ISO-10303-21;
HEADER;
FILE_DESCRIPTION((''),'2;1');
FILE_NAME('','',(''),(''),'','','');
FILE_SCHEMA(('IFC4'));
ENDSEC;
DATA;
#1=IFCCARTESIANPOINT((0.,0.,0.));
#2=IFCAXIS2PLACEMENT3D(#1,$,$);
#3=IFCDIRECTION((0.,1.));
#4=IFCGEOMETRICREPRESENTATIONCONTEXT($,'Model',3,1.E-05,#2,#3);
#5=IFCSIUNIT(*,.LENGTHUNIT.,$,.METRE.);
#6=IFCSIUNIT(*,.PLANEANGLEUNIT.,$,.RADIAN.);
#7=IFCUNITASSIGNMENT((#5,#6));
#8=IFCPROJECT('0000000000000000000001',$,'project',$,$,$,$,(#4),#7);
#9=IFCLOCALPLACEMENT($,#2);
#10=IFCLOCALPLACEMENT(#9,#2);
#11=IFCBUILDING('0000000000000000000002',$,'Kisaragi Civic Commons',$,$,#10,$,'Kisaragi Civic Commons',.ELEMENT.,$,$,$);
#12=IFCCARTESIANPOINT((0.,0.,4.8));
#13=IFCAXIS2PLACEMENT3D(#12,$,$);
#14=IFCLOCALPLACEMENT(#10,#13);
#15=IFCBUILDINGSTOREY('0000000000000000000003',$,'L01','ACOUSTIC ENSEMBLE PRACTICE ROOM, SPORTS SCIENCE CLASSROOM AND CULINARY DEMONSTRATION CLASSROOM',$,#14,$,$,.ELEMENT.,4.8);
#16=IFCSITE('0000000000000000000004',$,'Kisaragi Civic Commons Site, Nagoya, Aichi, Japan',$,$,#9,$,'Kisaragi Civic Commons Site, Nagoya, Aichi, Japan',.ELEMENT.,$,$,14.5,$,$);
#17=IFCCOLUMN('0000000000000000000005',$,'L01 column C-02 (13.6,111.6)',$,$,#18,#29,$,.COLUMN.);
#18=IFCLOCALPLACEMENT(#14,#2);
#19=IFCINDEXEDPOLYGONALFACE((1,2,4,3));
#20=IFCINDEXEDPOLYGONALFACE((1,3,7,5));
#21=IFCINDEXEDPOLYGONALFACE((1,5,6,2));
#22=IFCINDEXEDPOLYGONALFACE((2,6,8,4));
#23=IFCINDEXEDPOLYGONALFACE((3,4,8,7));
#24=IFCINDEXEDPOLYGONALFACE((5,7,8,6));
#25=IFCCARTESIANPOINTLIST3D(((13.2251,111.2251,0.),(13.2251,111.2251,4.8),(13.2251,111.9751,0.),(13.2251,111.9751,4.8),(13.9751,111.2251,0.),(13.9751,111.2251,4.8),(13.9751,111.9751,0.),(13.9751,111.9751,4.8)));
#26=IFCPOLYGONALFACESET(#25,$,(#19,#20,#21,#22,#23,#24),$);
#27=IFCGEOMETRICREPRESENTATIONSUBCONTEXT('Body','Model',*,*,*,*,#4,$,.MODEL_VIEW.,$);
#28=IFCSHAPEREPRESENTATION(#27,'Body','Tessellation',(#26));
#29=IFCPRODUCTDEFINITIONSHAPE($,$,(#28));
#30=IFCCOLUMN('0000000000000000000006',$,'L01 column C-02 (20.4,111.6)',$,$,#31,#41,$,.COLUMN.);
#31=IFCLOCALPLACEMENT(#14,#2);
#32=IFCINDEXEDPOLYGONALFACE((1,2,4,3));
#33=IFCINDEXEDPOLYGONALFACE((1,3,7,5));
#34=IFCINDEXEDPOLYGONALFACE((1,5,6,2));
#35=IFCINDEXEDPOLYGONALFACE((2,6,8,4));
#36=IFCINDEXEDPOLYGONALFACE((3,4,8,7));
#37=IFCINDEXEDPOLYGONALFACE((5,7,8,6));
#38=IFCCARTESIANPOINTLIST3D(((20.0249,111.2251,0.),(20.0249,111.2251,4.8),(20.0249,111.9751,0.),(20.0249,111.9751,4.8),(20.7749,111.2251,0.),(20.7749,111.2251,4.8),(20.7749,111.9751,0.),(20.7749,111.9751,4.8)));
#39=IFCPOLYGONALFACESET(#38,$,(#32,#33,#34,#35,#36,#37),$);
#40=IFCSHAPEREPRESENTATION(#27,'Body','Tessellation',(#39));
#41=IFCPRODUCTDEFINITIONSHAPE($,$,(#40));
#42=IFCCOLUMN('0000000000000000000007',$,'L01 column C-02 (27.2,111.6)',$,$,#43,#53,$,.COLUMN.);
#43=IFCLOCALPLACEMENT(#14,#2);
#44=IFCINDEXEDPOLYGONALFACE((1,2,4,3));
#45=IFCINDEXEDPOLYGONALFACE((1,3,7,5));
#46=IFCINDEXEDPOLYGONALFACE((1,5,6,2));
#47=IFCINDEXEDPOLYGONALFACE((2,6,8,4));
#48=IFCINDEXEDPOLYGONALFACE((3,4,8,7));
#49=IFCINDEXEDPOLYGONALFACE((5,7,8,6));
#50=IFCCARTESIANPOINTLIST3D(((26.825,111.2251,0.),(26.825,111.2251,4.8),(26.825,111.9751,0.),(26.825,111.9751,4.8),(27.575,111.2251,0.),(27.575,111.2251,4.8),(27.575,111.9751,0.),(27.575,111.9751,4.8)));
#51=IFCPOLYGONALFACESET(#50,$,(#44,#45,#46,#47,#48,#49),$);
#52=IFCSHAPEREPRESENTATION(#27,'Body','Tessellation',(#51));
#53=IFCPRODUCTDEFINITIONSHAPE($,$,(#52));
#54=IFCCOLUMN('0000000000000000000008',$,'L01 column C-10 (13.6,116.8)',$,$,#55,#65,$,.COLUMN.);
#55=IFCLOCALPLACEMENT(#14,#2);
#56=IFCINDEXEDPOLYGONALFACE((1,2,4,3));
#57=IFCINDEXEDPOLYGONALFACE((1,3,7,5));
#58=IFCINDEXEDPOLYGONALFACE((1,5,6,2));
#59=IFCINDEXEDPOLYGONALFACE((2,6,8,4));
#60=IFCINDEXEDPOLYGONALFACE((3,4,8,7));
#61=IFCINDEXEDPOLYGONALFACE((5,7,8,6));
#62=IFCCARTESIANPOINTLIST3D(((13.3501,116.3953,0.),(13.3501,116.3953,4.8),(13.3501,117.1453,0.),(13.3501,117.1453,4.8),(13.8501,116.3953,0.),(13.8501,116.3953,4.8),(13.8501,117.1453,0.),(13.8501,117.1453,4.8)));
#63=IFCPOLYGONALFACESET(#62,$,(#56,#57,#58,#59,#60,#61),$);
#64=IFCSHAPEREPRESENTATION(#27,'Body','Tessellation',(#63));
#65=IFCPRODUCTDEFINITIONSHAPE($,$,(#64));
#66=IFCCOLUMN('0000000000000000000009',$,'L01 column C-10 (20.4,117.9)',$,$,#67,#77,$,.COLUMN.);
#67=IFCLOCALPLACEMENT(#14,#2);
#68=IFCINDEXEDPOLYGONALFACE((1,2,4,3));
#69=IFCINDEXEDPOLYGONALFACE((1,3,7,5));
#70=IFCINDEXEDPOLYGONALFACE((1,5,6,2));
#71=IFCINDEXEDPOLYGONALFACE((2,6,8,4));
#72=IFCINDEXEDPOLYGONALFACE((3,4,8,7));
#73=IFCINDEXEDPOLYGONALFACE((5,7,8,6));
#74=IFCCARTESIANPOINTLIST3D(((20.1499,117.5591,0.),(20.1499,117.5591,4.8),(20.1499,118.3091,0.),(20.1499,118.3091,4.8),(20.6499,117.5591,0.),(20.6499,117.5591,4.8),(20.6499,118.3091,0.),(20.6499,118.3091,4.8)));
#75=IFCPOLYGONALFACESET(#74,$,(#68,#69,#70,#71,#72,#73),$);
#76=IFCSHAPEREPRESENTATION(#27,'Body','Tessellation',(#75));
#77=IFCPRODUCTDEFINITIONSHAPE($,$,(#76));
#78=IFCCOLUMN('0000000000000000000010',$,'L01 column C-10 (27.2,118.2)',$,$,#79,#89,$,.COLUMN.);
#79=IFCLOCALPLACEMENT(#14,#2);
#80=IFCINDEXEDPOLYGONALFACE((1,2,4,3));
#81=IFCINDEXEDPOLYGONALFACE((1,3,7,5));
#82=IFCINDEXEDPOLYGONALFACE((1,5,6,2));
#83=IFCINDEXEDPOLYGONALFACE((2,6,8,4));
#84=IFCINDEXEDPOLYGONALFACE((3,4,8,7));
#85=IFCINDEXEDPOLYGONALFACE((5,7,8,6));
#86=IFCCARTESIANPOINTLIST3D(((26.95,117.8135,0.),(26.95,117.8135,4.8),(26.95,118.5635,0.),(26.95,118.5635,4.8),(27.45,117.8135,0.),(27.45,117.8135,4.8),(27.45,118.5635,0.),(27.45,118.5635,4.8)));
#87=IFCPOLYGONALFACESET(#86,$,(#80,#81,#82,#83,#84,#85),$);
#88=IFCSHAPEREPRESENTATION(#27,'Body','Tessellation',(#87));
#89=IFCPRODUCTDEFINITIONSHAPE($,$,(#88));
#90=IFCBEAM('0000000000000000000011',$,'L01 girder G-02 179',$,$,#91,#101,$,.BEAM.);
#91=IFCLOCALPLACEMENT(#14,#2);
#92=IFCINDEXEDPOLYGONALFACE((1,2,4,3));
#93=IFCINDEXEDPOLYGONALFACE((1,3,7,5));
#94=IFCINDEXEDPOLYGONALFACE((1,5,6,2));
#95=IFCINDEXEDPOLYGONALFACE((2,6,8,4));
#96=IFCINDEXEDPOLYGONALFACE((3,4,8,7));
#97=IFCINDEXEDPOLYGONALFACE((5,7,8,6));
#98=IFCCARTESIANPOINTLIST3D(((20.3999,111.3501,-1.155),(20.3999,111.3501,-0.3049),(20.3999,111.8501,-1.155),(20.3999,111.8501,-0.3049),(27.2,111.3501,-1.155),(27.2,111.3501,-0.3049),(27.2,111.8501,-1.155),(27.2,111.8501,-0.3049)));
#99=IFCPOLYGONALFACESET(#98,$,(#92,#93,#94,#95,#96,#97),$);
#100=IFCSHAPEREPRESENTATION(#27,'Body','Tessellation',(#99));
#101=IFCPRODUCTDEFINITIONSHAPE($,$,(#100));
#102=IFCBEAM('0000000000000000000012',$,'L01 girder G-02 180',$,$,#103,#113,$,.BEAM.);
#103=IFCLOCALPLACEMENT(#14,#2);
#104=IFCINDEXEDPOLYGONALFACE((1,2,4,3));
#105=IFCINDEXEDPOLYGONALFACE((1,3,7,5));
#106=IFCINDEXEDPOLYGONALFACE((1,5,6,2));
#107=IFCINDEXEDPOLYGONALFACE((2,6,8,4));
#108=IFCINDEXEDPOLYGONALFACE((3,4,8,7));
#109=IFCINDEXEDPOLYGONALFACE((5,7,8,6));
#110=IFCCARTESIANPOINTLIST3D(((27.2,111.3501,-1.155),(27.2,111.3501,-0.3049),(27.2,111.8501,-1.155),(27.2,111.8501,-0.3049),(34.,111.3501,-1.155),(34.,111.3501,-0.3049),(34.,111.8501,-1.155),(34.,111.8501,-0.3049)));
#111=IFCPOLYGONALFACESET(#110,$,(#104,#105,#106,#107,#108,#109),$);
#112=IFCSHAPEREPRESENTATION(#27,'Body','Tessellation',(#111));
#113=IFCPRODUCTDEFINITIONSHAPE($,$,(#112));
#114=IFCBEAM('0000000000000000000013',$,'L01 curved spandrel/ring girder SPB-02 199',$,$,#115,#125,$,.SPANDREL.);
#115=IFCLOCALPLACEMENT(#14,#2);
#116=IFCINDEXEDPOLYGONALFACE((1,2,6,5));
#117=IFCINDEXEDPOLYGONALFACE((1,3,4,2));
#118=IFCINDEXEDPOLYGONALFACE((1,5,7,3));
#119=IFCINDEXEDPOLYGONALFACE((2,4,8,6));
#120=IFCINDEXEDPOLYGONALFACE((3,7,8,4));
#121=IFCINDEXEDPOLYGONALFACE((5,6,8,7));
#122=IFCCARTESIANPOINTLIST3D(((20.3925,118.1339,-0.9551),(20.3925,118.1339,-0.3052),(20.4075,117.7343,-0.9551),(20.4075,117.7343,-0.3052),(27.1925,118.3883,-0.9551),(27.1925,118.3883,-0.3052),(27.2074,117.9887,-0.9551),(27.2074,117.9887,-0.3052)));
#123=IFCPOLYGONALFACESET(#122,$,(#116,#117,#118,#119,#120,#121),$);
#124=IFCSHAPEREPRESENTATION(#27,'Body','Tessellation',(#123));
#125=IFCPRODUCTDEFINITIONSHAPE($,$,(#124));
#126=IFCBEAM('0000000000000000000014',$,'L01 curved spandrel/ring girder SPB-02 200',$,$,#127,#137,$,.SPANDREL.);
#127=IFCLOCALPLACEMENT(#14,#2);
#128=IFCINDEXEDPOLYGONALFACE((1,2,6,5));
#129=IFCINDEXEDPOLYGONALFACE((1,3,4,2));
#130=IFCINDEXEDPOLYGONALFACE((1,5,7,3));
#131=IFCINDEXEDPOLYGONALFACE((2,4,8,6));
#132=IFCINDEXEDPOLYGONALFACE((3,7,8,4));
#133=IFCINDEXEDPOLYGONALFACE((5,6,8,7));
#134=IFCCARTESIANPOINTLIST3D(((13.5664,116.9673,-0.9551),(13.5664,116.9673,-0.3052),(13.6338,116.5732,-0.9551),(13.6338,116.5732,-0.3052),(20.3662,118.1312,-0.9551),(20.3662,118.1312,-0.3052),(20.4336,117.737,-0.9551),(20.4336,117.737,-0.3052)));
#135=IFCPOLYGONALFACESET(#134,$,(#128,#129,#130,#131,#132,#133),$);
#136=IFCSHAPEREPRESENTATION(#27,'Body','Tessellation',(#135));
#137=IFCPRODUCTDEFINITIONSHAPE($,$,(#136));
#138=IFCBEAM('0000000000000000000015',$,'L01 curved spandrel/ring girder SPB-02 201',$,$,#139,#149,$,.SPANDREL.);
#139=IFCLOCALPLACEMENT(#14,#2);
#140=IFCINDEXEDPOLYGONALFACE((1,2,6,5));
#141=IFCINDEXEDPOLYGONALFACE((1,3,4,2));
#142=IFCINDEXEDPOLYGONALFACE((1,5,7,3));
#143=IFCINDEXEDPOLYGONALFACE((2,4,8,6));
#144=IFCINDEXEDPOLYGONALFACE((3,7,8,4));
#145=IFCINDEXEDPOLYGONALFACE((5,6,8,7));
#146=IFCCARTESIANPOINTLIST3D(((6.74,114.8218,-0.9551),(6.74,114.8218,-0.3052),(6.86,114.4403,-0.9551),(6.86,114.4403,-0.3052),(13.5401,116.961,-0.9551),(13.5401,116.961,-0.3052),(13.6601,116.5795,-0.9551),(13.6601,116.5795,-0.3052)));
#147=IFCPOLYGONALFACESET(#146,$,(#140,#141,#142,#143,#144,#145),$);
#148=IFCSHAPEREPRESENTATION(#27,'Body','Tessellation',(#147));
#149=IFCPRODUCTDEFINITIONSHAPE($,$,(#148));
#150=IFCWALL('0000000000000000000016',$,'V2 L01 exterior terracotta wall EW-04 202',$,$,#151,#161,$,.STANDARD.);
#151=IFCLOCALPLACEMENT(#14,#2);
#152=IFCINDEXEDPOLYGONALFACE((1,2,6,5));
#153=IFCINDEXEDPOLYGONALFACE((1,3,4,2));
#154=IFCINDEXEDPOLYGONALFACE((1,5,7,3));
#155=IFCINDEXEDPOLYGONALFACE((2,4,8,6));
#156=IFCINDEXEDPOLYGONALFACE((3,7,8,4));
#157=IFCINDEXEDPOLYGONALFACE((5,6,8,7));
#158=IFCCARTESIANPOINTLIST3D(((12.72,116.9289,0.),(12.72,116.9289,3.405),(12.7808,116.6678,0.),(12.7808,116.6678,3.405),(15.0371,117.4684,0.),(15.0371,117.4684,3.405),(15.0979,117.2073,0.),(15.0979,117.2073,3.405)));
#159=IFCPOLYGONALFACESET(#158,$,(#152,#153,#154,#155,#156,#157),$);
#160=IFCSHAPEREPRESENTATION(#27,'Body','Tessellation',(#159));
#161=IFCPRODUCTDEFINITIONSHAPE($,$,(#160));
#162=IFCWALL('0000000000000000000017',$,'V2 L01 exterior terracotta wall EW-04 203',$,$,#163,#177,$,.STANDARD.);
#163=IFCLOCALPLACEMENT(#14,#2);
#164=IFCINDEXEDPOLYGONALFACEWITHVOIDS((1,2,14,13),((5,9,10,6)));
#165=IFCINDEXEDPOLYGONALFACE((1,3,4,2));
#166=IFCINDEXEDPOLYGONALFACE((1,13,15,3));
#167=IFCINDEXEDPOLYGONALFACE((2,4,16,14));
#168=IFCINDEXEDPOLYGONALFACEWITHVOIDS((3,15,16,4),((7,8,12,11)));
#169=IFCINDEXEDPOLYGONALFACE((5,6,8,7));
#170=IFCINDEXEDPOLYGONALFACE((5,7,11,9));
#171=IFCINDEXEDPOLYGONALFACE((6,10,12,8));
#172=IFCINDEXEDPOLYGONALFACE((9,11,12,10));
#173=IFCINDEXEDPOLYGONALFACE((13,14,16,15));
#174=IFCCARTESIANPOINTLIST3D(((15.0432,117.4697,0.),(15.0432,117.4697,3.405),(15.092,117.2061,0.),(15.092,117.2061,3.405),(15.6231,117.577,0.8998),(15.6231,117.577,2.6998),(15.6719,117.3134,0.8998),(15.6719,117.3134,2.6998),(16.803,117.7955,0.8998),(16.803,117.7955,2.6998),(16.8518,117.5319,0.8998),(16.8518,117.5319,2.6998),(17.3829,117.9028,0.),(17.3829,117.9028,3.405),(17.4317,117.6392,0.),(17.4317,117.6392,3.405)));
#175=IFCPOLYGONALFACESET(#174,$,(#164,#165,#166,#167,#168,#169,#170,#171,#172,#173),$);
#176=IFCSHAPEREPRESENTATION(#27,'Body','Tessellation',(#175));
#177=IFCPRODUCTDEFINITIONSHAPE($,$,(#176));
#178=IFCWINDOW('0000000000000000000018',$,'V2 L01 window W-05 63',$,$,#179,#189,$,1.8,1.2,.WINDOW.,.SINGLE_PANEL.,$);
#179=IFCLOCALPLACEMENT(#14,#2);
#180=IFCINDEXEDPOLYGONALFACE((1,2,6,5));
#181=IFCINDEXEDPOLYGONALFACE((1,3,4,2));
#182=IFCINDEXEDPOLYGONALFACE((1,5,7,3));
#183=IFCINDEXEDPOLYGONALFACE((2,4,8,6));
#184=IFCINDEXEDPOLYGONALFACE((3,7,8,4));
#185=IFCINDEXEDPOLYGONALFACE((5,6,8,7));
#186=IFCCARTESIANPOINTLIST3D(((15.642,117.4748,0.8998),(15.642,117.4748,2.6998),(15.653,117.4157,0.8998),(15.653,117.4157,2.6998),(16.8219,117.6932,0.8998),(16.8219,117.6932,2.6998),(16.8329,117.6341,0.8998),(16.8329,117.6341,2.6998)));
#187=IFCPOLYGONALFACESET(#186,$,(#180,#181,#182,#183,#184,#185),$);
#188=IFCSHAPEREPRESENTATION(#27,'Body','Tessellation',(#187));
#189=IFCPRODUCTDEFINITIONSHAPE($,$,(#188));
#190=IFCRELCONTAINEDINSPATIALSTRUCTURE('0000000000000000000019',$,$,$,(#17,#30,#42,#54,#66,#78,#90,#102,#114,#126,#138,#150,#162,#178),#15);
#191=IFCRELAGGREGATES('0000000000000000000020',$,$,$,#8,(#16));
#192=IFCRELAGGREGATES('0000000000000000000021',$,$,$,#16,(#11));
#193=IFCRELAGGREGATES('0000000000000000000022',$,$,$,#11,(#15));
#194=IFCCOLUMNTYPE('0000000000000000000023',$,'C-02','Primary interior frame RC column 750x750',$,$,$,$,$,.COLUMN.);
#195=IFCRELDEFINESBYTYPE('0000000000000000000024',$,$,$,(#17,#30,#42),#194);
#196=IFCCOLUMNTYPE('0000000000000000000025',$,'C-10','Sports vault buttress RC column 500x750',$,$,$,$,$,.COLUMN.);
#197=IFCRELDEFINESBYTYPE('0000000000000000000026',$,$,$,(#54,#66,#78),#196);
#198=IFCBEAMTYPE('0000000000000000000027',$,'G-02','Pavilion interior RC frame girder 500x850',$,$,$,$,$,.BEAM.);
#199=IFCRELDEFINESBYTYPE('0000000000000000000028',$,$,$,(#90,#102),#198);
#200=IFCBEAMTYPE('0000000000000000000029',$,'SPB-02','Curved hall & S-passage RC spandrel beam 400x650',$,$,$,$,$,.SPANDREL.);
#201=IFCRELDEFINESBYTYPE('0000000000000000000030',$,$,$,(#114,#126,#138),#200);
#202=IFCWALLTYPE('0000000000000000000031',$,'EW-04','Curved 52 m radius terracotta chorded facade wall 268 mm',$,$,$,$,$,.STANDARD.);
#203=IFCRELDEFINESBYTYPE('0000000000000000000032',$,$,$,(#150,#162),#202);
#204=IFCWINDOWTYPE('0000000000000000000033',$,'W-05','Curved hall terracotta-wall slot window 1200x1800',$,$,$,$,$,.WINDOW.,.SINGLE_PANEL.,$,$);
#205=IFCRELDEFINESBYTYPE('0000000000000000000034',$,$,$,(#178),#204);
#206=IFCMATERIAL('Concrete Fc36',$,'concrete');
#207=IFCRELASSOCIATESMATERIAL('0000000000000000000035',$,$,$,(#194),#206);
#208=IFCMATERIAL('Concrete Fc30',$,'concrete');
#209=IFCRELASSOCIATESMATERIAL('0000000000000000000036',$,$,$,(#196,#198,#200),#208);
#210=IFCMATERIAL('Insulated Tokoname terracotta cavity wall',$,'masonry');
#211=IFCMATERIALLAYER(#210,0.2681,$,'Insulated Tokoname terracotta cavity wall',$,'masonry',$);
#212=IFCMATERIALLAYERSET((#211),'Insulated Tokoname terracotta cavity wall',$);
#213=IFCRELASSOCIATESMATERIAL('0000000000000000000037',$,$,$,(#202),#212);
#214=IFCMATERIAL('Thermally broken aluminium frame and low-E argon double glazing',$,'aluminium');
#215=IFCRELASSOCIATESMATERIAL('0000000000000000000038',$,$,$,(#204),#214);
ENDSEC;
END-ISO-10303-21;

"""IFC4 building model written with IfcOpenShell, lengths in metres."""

from ifc_helpers import new_model, si_unit, direction, frame, frame_2d, origin, origin_2d, place, context, subcontext, project, spatial, rectangle, extrude, material, layer, layer_set, material_profile, profile_set, type_object, element, fill, save


model = new_model("IFC4")

# Units and contexts
model_context = context("Model", 3, precision=1e-05, world=origin(), true_north=direction((0.0, 1.0)))
body_context = subcontext(model_context, "Body", "Model", "MODEL_VIEW")
ifc_project = project(units=[si_unit("LENGTHUNIT", "METRE"), si_unit("PLANEANGLEUNIT", "RADIAN")], contexts=[model_context])

# Site, building, storey
site_placement = place(None, origin())
site = spatial("IfcSite", under=ifc_project, at=site_placement, Name="Kisaragi Civic Commons Site, Nagoya, Aichi, Japan", LongName="Kisaragi Civic Commons Site, Nagoya, Aichi, Japan", CompositionType="ELEMENT", RefElevation=14.5)
building_placement = place(site_placement, origin())
building = spatial("IfcBuilding", under=site, at=building_placement, Name="Kisaragi Civic Commons", LongName="Kisaragi Civic Commons", CompositionType="ELEMENT")
storey_placement = place(building_placement, frame((0.0, 0.0, 4.8)))
storey = spatial("IfcBuildingStorey", under=building, at=storey_placement, Name="L01", Description="ACOUSTIC ENSEMBLE PRACTICE ROOM, SPORTS SCIENCE CLASSROOM AND CULINARY DEMONSTRATION CLASSROOM", CompositionType="ELEMENT", Elevation=4.8)

# Columns
ifc_material_1 = material(Name="Concrete Fc36", Category="concrete")
ifc_material_profile_1 = material_profile(ifc_material_1, rectangle(XDim=0.75, YDim=0.75, at=origin_2d()), Name="RC-750x750", Category="concrete")
ifc_profile_set_1 = profile_set([ifc_material_profile_1], Name="Concrete Fc36")
column_type_1 = type_object("IfcColumnType", Name="C-02", Description="Primary interior frame RC column 750x750", PredefinedType="COLUMN", material=ifc_profile_set_1)
for number, where, z_axis, x_axis, name in (
    (1, (13.6001, 111.6001, 0.0), (0.0, 0.0, 1.0), (1.0, 0.0, 0.0), "L01 column C-02 (13.6,111.6)"),
    (2, (20.3999, 111.6001, 0.0), (0.0, 0.0, 1.0), (1.0, 0.0, 0.0), "L01 column C-02 (20.4,111.6)"),
    (3, (27.2, 111.6001, 0.0), (0.0, 0.0, 1.0), (1.0, 0.0, 0.0), "L01 column C-02 (27.2,111.6)"),
):
    element("IfcColumn", number, at=place(storey_placement, frame(where, z_axis=z_axis, x_axis=x_axis)), inside=storey, type_object=column_type_1, Name=name, PredefinedType="COLUMN", context=body_context, shape_type="SweptSolid", body=[
        extrude(rectangle(XDim=0.75, YDim=0.75, at=origin_2d()), origin(), (0.0, 0.0, 1.0), 4.8),
    ])
ifc_material_2 = material(Name="Concrete Fc30", Category="concrete")
ifc_material_profile_2 = material_profile(ifc_material_2, rectangle(XDim=0.5, YDim=0.75, at=origin_2d()), Name="RC-500x750", Category="concrete")
ifc_profile_set_2 = profile_set([ifc_material_profile_2], Name="Concrete Fc30")
column_type_2 = type_object("IfcColumnType", Name="C-10", Description="Sports vault buttress RC column 500x750", PredefinedType="COLUMN", material=ifc_profile_set_2)
for number, where, z_axis, x_axis, name in (
    (4, (13.6001, 116.7703, 0.0), (0.0, 0.0, 1.0), (1.0, 0.0, 0.0), "L01 column C-10 (13.6,116.8)"),
    (5, (20.3999, 117.9341, 0.0), (0.0, 0.0, 1.0), (1.0, 0.0, 0.0), "L01 column C-10 (20.4,117.9)"),
    (6, (27.2, 118.1885, 0.0), (0.0, 0.0, 1.0), (1.0, 0.0, 0.0), "L01 column C-10 (27.2,118.2)"),
):
    element("IfcColumn", number, at=place(storey_placement, frame(where, z_axis=z_axis, x_axis=x_axis)), inside=storey, type_object=column_type_2, Name=name, PredefinedType="COLUMN", context=body_context, shape_type="SweptSolid", body=[
        extrude(rectangle(XDim=0.5, YDim=0.75, at=origin_2d()), origin(), (0.0, 0.0, 1.0), 4.8),
    ])

# Beams
ifc_material_profile_3 = material_profile(ifc_material_2, rectangle(XDim=0.5, YDim=0.8501, at=origin_2d()), Name="RC-500x850", Category="concrete")
ifc_profile_set_3 = profile_set([ifc_material_profile_3], Name="Concrete Fc30")
beam_type_1 = type_object("IfcBeamType", Name="G-02", Description="Pavilion interior RC frame girder 500x850", PredefinedType="BEAM", material=ifc_profile_set_3)
for number, where, z_axis, x_axis, name in (
    (7, (20.3999, 111.6001, -0.73), (1.0, 0.0, 0.0), (0.0, 1.0, 0.0), "L01 girder G-02 179"),
    (8, (27.2, 111.6001, -0.73), (1.0, 0.0, 0.0), (0.0, 1.0, 0.0), "L01 girder G-02 180"),
):
    element("IfcBeam", number, at=place(storey_placement, frame(where, z_axis=z_axis, x_axis=x_axis)), inside=storey, type_object=beam_type_1, Name=name, PredefinedType="BEAM", context=body_context, shape_type="SweptSolid", body=[
        extrude(rectangle(XDim=0.5, YDim=0.8501, at=origin_2d()), origin(), (0.0, 0.0, 1.0), 6.8),
    ])
ifc_material_profile_4 = material_profile(ifc_material_2, rectangle(XDim=0.3999, YDim=0.6499, at=origin_2d()), Name="RC-400x650", Category="concrete")
ifc_profile_set_4 = profile_set([ifc_material_profile_4], Name="Concrete Fc30")
beam_type_2 = type_object("IfcBeamType", Name="SPB-02", Description="Curved hall & S-passage RC spandrel beam 400x650", PredefinedType="SPANDREL", material=ifc_profile_set_4)
beam_1_placement = place(storey_placement, frame((27.2, 118.1885, -0.6301), z_axis=(-0.999301, -0.037385, 0.0), x_axis=(0.037385, -0.999301, 0.0)))
element("IfcBeam", 9, at=beam_1_placement, inside=storey, type_object=beam_type_2, Name="L01 curved spandrel/ring girder SPB-02 199", PredefinedType="SPANDREL", context=body_context, shape_type="SweptSolid", body=[
    extrude(rectangle(XDim=0.3999, YDim=0.6499, at=origin_2d()), origin(), (0.0, 0.0, 1.0), 6.8047),
])
beam_2_placement = place(storey_placement, frame((20.3999, 117.9341, -0.6301), z_axis=(-0.985667, -0.168702, 0.0), x_axis=(0.168702, -0.985667, 0.0)))
element("IfcBeam", 10, at=beam_2_placement, inside=storey, type_object=beam_type_2, Name="L01 curved spandrel/ring girder SPB-02 200", PredefinedType="SPANDREL", context=body_context, shape_type="SweptSolid", body=[
    extrude(rectangle(XDim=0.3999, YDim=0.6499, at=origin_2d()), origin(), (0.0, 0.0, 1.0), 6.8987),
])
beam_3_placement = place(storey_placement, frame((13.6001, 116.7703, -0.6301), z_axis=(-0.953913, -0.300082, 0.0), x_axis=(0.300082, -0.953913, 0.0)))
element("IfcBeam", 11, at=beam_3_placement, inside=storey, type_object=beam_type_2, Name="L01 curved spandrel/ring girder SPB-02 201", PredefinedType="SPANDREL", context=body_context, shape_type="SweptSolid", body=[
    extrude(rectangle(XDim=0.3999, YDim=0.6499, at=origin_2d()), origin(), (0.0, 0.0, 1.0), 7.1287),
])

# Wall
ifc_material_3 = material(Name="Insulated Tokoname terracotta cavity wall", Category="masonry")
ifc_layer_1 = layer(ifc_material_3, 0.2681, Name="Insulated Tokoname terracotta cavity wall", Category="masonry")
ifc_layer_set_1 = layer_set([ifc_layer_1], Name="Insulated Tokoname terracotta cavity wall")
wall_type_1 = type_object("IfcWallType", Name="EW-04", Description="Curved 52 m radius terracotta chorded facade wall 268 mm", PredefinedType="STANDARD", material=ifc_layer_set_1)
wall_1_placement = place(storey_placement, frame((12.7505, 116.7983, 0.0), z_axis=(0.0, 0.0, 1.0), x_axis=(0.973945, 0.226785, 0.0)))
element("IfcWall", 12, at=wall_1_placement, inside=storey, type_object=wall_type_1, Name="V2 L01 exterior terracotta wall EW-04 202", PredefinedType="STANDARD", context=body_context, shape_type="SweptSolid", body=[
    extrude(rectangle(XDim=2.3792, YDim=0.2681, at=frame_2d((1.1895, 0.0))), origin(), (0.0, 0.0, 1.0), 3.405),
])

# Wall, opening, window
wall_2_placement = place(storey_placement, frame((15.0676, 117.3379, 0.0), z_axis=(0.0, 0.0, 1.0), x_axis=(0.983294, 0.182027, 0.0)))
wall_2 = element("IfcWall", 13, at=wall_2_placement, inside=storey, type_object=wall_type_1, Name="V2 L01 exterior terracotta wall EW-04 203", PredefinedType="STANDARD", context=body_context, shape_type="SweptSolid", body=[
    extrude(rectangle(XDim=2.3794, YDim=0.2681, at=frame_2d((1.1897, 0.0))), origin(), (0.0, 0.0, 1.0), 3.405),
])
opening_1_placement = place(wall_2_placement, frame((0.5896, 0.0, 0.8999)))
opening_1 = element("IfcOpeningElement", 14, at=opening_1_placement, cuts=wall_2, PredefinedType="OPENING", context=body_context, shape_type="SweptSolid", body=[
    extrude(rectangle(XDim=1.2, YDim=1.8, at=frame_2d((0.6001, 0.8999))), frame((0.0, 0.144, 0.0), z_axis=(0.0, -1.0, 0.0), x_axis=(1.0, 0.0, 0.0)), (0.0, 0.0, 1.0), 0.2881),
])
ifc_material_4 = material(Name="Thermally broken aluminium frame and low-E argon double glazing", Category="aluminium")
window_type = type_object("IfcWindowType", Name="W-05", Description="Curved hall terracotta-wall slot window 1200x1800", PartitioningType="SINGLE_PANEL", PredefinedType="WINDOW", material=ifc_material_4)
window_1_placement = place(opening_1_placement, origin())
window_1 = element("IfcWindow", 15, at=window_1_placement, inside=storey, type_object=window_type, Name="V2 L01 window W-05 63", OverallHeight=1.8, OverallWidth=1.2, PartitioningType="SINGLE_PANEL", PredefinedType="WINDOW", context=body_context, shape_type="SweptSolid", body=[
    extrude(rectangle(XDim=1.2, YDim=1.8, at=frame_2d((0.6001, 0.8999))), frame((0.0, 0.03, 0.0), z_axis=(0.0, -1.0, 0.0), x_axis=(1.0, 0.0, 0.0)), (0.0, 0.0, 1.0), 0.0601),
])
fill(opening_1, window_1)

save(model, "model.ifc")
